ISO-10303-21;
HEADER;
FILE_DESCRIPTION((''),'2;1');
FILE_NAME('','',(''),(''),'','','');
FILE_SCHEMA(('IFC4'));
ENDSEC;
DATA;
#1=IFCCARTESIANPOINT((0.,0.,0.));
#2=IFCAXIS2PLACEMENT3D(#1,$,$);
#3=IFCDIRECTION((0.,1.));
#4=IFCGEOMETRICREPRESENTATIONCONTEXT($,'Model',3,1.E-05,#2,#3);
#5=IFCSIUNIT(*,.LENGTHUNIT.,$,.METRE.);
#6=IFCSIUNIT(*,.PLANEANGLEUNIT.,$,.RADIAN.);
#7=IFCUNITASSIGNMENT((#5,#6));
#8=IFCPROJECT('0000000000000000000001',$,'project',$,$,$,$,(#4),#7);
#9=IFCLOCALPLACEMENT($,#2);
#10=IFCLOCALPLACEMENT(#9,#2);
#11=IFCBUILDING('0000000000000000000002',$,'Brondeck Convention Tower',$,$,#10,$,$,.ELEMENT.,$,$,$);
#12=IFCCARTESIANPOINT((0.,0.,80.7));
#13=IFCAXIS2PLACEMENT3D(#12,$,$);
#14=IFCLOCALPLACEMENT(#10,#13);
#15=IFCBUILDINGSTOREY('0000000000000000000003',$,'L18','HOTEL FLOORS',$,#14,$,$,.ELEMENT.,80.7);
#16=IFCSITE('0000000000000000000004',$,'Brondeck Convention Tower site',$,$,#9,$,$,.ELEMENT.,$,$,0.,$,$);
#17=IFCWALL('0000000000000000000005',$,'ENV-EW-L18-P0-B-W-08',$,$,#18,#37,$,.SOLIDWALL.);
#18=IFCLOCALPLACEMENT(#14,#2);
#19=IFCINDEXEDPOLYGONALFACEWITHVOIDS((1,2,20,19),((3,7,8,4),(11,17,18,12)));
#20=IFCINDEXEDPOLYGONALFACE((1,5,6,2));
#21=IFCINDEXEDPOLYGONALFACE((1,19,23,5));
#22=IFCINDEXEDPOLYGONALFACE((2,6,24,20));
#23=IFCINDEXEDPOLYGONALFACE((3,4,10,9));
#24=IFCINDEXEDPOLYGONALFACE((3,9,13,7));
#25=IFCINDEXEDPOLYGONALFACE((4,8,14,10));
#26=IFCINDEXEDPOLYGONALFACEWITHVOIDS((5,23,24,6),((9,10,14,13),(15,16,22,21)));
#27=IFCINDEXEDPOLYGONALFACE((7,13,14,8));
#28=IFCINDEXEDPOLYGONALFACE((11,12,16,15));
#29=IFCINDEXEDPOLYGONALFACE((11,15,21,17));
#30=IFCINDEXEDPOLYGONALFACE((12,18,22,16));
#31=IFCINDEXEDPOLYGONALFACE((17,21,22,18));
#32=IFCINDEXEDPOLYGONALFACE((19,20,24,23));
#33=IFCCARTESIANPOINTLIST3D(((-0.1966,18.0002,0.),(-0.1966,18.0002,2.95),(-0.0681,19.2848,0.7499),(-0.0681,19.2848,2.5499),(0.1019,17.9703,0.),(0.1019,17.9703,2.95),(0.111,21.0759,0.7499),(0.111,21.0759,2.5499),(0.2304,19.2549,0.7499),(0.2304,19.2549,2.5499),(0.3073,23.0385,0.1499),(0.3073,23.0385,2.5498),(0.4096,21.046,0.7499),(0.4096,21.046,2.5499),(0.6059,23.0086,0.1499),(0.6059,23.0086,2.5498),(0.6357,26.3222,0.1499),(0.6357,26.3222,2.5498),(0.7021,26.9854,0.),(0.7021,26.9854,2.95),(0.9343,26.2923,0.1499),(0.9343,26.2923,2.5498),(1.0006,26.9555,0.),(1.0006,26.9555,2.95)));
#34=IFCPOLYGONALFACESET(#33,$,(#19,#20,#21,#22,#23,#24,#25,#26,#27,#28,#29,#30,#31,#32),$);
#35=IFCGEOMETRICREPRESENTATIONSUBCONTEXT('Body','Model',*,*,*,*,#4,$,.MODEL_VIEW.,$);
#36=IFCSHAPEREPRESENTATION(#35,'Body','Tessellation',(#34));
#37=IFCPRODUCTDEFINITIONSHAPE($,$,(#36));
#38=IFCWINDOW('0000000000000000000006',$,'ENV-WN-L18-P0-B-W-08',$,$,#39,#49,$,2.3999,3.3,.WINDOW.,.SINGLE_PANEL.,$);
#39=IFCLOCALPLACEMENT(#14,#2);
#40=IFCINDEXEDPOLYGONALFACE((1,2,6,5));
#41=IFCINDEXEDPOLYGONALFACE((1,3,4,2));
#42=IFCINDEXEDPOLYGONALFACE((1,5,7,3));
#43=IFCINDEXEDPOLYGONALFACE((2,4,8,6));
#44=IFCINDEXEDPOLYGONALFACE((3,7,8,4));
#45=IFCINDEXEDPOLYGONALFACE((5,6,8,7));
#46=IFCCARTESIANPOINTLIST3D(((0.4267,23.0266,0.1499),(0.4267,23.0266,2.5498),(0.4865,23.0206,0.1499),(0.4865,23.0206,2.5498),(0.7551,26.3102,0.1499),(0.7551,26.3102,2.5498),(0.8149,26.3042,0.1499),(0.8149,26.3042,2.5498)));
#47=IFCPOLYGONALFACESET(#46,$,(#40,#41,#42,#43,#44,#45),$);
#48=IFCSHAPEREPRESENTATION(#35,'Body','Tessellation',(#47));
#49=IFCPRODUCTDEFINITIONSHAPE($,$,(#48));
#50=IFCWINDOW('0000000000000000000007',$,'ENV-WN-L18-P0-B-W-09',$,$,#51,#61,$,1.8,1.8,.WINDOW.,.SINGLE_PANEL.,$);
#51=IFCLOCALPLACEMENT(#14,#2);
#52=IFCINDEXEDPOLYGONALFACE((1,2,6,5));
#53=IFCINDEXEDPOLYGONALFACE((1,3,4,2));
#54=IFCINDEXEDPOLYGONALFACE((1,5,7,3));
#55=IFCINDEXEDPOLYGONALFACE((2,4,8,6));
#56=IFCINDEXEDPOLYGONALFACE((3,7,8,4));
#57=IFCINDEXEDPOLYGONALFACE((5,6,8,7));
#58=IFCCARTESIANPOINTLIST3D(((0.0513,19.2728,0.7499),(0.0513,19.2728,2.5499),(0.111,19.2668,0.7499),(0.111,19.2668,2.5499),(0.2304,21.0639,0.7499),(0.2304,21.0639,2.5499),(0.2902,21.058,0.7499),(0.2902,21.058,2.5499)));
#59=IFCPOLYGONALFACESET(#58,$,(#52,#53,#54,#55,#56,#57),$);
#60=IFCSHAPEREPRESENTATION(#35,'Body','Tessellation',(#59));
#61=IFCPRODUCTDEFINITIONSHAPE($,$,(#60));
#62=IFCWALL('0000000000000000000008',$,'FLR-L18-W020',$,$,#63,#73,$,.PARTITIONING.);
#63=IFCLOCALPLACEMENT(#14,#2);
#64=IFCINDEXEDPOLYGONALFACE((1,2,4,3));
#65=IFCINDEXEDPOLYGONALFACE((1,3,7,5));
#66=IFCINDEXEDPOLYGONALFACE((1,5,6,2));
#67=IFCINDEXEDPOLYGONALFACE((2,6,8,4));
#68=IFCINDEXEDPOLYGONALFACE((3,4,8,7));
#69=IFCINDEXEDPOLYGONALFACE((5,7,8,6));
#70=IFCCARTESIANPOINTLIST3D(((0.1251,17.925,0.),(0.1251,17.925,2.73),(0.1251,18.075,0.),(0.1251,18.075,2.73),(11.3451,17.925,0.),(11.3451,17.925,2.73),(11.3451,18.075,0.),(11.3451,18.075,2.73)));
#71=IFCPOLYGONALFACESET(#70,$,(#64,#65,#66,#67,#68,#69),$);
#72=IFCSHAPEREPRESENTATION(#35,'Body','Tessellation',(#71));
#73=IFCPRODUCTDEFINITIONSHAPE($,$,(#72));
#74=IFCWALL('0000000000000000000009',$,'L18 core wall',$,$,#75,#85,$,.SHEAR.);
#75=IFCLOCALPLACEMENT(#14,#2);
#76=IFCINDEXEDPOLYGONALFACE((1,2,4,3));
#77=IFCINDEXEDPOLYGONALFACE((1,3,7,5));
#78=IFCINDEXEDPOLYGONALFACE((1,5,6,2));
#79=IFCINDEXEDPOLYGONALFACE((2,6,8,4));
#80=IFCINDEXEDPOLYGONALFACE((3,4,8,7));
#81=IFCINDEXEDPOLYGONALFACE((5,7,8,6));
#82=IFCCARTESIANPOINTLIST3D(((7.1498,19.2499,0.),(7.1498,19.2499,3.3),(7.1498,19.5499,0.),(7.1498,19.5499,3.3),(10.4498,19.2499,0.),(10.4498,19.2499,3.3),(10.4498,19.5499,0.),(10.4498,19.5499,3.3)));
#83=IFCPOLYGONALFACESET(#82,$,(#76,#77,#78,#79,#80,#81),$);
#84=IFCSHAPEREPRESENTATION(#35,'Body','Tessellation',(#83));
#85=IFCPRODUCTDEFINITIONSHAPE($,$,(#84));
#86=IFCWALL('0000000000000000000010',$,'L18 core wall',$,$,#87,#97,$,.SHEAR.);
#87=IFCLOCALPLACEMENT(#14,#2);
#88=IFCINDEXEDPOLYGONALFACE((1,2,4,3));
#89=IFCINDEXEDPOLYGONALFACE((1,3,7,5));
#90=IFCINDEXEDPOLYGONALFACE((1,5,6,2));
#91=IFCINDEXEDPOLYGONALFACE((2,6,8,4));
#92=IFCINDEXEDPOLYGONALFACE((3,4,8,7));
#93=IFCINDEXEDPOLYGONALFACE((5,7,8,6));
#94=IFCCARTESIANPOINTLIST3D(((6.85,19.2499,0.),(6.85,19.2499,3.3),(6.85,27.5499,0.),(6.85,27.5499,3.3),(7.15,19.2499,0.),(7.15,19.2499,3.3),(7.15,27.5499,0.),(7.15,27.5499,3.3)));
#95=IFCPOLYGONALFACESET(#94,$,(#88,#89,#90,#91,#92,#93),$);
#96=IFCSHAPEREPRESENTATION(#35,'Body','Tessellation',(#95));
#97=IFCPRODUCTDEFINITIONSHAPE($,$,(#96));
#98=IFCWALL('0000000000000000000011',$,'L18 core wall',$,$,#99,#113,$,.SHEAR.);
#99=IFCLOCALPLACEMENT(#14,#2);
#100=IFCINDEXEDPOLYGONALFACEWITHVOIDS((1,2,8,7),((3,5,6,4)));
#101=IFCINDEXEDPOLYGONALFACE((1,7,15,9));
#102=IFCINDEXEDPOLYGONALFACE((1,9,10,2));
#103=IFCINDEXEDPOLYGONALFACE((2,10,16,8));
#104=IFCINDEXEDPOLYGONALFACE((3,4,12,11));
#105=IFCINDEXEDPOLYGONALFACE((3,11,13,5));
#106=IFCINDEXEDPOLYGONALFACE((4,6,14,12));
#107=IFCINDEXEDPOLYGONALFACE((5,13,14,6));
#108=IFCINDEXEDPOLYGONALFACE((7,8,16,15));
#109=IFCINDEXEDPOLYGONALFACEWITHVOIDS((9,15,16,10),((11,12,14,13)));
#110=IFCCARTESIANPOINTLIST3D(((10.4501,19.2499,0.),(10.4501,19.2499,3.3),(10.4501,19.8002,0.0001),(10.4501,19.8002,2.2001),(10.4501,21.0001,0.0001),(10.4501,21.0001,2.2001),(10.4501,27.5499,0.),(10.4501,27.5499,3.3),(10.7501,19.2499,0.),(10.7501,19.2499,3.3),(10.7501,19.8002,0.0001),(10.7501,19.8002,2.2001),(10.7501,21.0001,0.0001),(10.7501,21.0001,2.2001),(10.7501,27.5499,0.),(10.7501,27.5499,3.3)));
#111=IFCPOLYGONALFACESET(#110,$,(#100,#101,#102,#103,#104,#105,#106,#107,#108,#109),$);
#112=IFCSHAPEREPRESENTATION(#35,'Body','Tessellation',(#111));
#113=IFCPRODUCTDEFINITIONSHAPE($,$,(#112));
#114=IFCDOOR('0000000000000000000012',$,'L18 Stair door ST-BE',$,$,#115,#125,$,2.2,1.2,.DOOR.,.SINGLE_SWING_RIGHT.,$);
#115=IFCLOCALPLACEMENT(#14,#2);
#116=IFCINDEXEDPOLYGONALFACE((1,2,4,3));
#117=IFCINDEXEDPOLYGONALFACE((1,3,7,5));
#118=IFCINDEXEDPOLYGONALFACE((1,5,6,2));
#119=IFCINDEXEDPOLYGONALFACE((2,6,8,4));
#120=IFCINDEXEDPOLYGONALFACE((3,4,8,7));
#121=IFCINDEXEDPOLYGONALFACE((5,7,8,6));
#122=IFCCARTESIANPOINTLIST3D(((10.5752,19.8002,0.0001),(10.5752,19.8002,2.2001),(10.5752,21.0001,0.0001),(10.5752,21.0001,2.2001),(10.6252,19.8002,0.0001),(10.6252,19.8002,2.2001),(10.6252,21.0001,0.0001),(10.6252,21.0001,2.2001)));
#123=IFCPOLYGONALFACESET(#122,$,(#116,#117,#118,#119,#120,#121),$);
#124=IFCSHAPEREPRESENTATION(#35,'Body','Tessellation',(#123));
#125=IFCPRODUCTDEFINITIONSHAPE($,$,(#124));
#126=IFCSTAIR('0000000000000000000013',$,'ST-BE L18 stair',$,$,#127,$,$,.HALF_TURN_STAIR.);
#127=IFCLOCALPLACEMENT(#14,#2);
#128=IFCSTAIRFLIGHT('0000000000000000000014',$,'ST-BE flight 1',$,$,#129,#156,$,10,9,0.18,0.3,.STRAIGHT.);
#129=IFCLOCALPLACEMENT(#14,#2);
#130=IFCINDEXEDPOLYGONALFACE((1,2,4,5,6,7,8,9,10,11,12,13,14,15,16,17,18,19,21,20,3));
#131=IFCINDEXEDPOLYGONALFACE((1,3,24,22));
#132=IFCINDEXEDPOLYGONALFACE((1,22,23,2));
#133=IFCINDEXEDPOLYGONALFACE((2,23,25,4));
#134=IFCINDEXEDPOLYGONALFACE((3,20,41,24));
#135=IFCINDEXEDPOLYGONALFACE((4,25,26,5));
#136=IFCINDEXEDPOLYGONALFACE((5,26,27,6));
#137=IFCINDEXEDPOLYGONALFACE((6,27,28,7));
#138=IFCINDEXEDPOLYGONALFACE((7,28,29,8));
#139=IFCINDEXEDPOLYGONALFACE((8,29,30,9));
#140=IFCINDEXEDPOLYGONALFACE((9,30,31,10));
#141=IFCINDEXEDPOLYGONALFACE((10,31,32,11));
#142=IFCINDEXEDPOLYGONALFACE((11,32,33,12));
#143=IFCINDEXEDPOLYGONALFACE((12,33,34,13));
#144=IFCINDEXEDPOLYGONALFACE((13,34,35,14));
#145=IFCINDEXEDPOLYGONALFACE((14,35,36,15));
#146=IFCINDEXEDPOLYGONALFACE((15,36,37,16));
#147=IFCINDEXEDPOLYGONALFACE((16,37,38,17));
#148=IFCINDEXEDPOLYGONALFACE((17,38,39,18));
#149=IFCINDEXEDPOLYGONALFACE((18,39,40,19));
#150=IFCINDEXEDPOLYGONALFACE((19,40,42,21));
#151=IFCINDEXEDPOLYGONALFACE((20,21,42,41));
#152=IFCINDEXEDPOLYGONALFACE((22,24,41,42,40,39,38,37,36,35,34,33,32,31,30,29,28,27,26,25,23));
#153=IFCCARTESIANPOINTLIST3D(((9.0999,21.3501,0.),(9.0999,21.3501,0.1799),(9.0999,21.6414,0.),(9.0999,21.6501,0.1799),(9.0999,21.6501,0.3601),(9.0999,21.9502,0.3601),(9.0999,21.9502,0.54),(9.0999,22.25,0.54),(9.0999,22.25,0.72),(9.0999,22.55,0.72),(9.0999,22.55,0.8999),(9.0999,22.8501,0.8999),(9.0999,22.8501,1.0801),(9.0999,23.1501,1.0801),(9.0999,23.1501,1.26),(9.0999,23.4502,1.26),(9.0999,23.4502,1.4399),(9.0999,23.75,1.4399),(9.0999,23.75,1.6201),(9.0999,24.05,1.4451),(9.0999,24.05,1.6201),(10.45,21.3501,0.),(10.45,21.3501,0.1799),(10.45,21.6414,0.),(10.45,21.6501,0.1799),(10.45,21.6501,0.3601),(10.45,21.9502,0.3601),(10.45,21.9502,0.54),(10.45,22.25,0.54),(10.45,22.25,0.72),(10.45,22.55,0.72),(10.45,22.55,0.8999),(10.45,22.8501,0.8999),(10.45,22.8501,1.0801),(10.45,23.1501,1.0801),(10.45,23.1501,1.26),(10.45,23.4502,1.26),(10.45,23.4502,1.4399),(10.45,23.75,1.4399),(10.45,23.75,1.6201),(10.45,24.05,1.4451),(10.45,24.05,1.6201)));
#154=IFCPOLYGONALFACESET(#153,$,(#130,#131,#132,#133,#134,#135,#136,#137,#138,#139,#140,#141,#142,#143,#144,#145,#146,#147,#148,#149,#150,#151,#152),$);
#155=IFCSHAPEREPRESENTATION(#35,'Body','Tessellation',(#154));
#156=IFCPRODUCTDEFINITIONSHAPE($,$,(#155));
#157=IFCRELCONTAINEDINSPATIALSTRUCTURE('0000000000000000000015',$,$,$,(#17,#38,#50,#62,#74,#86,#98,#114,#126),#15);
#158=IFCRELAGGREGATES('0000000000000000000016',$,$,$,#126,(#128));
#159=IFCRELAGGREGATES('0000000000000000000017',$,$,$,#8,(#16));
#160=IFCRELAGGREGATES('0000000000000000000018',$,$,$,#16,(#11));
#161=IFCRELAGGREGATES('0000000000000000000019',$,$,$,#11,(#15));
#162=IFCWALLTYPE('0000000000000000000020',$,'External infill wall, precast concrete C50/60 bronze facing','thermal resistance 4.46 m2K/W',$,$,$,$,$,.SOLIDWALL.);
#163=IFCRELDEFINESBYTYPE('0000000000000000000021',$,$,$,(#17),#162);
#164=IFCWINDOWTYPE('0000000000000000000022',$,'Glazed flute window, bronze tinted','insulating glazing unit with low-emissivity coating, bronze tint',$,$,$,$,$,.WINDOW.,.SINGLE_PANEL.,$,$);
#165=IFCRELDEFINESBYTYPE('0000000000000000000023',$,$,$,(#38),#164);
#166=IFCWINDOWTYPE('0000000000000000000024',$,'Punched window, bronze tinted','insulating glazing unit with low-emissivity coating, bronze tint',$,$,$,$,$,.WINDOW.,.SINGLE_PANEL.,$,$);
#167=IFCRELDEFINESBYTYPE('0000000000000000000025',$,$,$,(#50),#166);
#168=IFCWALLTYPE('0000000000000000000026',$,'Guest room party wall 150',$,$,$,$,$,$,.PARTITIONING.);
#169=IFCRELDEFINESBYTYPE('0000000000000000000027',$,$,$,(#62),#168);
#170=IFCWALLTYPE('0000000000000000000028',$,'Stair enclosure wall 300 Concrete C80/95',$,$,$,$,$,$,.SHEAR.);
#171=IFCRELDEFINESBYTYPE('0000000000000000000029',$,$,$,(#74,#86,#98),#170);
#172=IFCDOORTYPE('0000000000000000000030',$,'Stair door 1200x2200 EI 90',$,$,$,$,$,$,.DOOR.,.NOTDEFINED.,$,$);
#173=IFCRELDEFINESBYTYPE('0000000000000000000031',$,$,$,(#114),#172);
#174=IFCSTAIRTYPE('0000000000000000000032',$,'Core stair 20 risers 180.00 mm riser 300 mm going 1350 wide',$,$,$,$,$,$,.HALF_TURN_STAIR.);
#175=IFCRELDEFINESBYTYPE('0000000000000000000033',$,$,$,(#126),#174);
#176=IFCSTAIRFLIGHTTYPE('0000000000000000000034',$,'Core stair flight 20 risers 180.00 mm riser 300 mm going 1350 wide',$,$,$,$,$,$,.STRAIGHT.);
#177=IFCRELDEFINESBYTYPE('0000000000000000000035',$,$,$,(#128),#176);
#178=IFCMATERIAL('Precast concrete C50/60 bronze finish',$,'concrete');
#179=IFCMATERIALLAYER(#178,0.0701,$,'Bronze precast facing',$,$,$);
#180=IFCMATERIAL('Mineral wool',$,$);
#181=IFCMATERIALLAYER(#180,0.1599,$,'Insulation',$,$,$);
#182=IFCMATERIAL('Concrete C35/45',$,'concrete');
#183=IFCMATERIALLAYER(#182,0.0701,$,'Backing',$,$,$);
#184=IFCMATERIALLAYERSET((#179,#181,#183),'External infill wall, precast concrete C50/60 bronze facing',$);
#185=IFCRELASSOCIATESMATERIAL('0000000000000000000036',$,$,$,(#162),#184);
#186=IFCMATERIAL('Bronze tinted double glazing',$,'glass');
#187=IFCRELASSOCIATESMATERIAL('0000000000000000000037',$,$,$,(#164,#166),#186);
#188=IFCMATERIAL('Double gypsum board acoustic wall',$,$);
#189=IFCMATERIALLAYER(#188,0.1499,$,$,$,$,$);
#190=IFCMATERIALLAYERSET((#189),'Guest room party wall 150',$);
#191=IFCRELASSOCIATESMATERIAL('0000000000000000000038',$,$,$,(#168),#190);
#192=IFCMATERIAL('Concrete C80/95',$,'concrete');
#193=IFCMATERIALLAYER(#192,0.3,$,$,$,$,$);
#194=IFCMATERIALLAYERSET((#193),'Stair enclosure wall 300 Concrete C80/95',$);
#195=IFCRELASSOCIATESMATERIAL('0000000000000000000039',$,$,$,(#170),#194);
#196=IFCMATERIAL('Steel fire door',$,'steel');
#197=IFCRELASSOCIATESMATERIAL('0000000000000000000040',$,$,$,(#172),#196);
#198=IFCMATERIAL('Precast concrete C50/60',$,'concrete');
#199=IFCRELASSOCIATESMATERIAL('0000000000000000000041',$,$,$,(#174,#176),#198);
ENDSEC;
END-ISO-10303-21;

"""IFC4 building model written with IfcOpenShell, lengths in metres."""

from ifc_helpers import new_model, si_unit, direction, frame, frame_2d, origin, place, context, subcontext, project, spatial, polyline, rectangle, outline, extrude, material, layer, layer_set, type_object, element, fill, aggregate, save


model = new_model("IFC4")

# Units and contexts
model_context = context("Model", 3, precision=1e-05, world=origin(), true_north=direction((0.0, 1.0)))
body_context = subcontext(model_context, "Body", "Model", "MODEL_VIEW")
ifc_project = project(units=[si_unit("LENGTHUNIT", "METRE"), si_unit("PLANEANGLEUNIT", "RADIAN")], contexts=[model_context])

# Site, building, storey
site_placement = place(None, origin())
site = spatial("IfcSite", under=ifc_project, at=site_placement, Name="Brondeck Convention Tower site", CompositionType="ELEMENT", RefElevation=0.0)
building_placement = place(site_placement, origin())
building = spatial("IfcBuilding", under=site, at=building_placement, Name="Brondeck Convention Tower", CompositionType="ELEMENT")
storey_placement = place(building_placement, frame((0.0, 0.0, 80.7)))
storey = spatial("IfcBuildingStorey", under=building, at=storey_placement, Name="L18", Description="HOTEL FLOORS", CompositionType="ELEMENT", Elevation=80.7)

# Shared definitions
ifc_material_1 = material(Name="Concrete C80/95", Category="concrete")

# Wall, openings, windows
ifc_material_2 = material(Name="Precast concrete C50/60 bronze finish", Category="concrete")
ifc_layer_1 = layer(ifc_material_2, 0.0701, Name="Bronze precast facing")
ifc_material_3 = material(Name="Mineral wool")
ifc_layer_2 = layer(ifc_material_3, 0.1599, Name="Insulation")
ifc_material_4 = material(Name="Concrete C35/45", Category="concrete")
ifc_layer_3 = layer(ifc_material_4, 0.0701, Name="Backing")
ifc_layer_set_1 = layer_set([ifc_layer_1, ifc_layer_2, ifc_layer_3], Name="External infill wall, precast concrete C50/60 bronze facing")
wall_type_1 = type_object("IfcWallType", Name="External infill wall, precast concrete C50/60 bronze facing", Description="thermal resistance 4.46 m2K/W", PredefinedType="SOLIDWALL", material=ifc_layer_set_1)
wall_1_placement = place(storey_placement, frame((-0.0474, 17.9851, 0.0), z_axis=(0.0, 0.0, 1.0), x_axis=(0.099522, 0.995035, 0.0)))
wall_1 = element("IfcWall", 1, at=wall_1_placement, inside=storey, type_object=wall_type_1, Name="ENV-EW-L18-P0-B-W-08", PredefinedType="SOLIDWALL", context=body_context, shape_type="SweptSolid", body=[
    extrude(rectangle(XDim=9.03, YDim=0.3, at=frame_2d((4.5151, 0.0))), origin(), (0.0, 0.0, 1.0), 2.95),
])
opening_1_placement = place(wall_1_placement, frame((1.2913, 0.0, 0.75)))
opening_1 = element("IfcOpeningElement", 2, at=opening_1_placement, cuts=wall_1, PredefinedType="OPENING", context=body_context, shape_type="SweptSolid", body=[
    extrude(rectangle(XDim=1.8, YDim=1.8, at=frame_2d((0.8999, 0.8999))), frame((0.0, 0.1599, 0.0), z_axis=(0.0, -1.0, 0.0), x_axis=(1.0, 0.0, 0.0)), (0.0, 0.0, 1.0), 0.3201),
])
opening_2_placement = place(wall_1_placement, frame((5.0637, 0.0, 0.1499)))
opening_2 = element("IfcOpeningElement", 3, at=opening_2_placement, cuts=wall_1, PredefinedType="OPENING", context=body_context, shape_type="SweptSolid", body=[
    extrude(rectangle(XDim=3.3, YDim=2.3999, at=frame_2d((1.6499, 1.2))), frame((0.0, 0.1599, 0.0), z_axis=(0.0, -1.0, 0.0), x_axis=(1.0, 0.0, 0.0)), (0.0, 0.0, 1.0), 0.3201),
])
ifc_material_5 = material(Name="Bronze tinted double glazing", Category="glass")
window_type_1 = type_object("IfcWindowType", Name="Glazed flute window, bronze tinted", Description="insulating glazing unit with low-emissivity coating, bronze tint", PartitioningType="SINGLE_PANEL", PredefinedType="WINDOW", material=ifc_material_5)
window_1_placement = place(opening_2_placement, origin())
window_1 = element("IfcWindow", 4, at=window_1_placement, inside=storey, type_object=window_type_1, Name="ENV-WN-L18-P0-B-W-08", OverallHeight=2.3999, OverallWidth=3.3, PartitioningType="SINGLE_PANEL", PredefinedType="WINDOW", context=body_context, shape_type="SweptSolid", body=[
    extrude(rectangle(XDim=3.3, YDim=2.3999, at=frame_2d((1.6499, 1.2))), frame((0.0, 0.03, 0.0), z_axis=(0.0, -1.0, 0.0), x_axis=(1.0, 0.0, 0.0)), (0.0, 0.0, 1.0), 0.0601),
])
fill(opening_2, window_1)
window_type_2 = type_object("IfcWindowType", Name="Punched window, bronze tinted", Description="insulating glazing unit with low-emissivity coating, bronze tint", PartitioningType="SINGLE_PANEL", PredefinedType="WINDOW", material=ifc_material_5)
window_2_placement = place(opening_1_placement, origin())
window_2 = element("IfcWindow", 5, at=window_2_placement, inside=storey, type_object=window_type_2, Name="ENV-WN-L18-P0-B-W-09", OverallHeight=1.8, OverallWidth=1.8, PartitioningType="SINGLE_PANEL", PredefinedType="WINDOW", context=body_context, shape_type="SweptSolid", body=[
    extrude(rectangle(XDim=1.8, YDim=1.8, at=frame_2d((0.8999, 0.8999))), frame((0.0, 0.03, 0.0), z_axis=(0.0, -1.0, 0.0), x_axis=(1.0, 0.0, 0.0)), (0.0, 0.0, 1.0), 0.0601),
])
fill(opening_1, window_2)

# Walls
ifc_material_6 = material(Name="Double gypsum board acoustic wall")
ifc_layer_4 = layer(ifc_material_6, 0.1499)
ifc_layer_set_2 = layer_set([ifc_layer_4], Name="Guest room party wall 150")
wall_type_2 = type_object("IfcWallType", Name="Guest room party wall 150", PredefinedType="PARTITIONING", material=ifc_layer_set_2)
wall_2_placement = place(storey_placement, frame((11.345, 18.0, 0.0), z_axis=(0.0, 0.0, 1.0), x_axis=(-1.0, 0.0, 0.0)))
element("IfcWall", 6, at=wall_2_placement, inside=storey, type_object=wall_type_2, Name="FLR-L18-W020", PredefinedType="PARTITIONING", context=body_context, shape_type="SweptSolid", body=[
    extrude(rectangle(XDim=11.22, YDim=0.1499, at=frame_2d((5.6099, 0.0))), origin(), (0.0, 0.0, 1.0), 2.73),
])
ifc_layer_5 = layer(ifc_material_1, 0.3)
ifc_layer_set_3 = layer_set([ifc_layer_5], Name="Stair enclosure wall 300 Concrete C80/95")
wall_type_3 = type_object("IfcWallType", Name="Stair enclosure wall 300 Concrete C80/95", PredefinedType="SHEAR", material=ifc_layer_set_3)
wall_3_placement = place(storey_placement, frame((7.1499, 19.3999, 0.0), z_axis=(0.0, 0.0, 1.0), x_axis=(1.0, 0.0, 0.0)))
element("IfcWall", 7, at=wall_3_placement, inside=storey, type_object=wall_type_3, Name="L18 core wall", PredefinedType="SHEAR", context=body_context, shape_type="SweptSolid", body=[
    extrude(rectangle(XDim=3.3, YDim=0.3, at=frame_2d((1.6499, 0.0))), origin(), (0.0, 0.0, 1.0), 3.3),
])
wall_4_placement = place(storey_placement, frame((7.0, 19.25, 0.0), z_axis=(0.0, 0.0, 1.0), x_axis=(0.0, 1.0, 0.0)))
element("IfcWall", 8, at=wall_4_placement, inside=storey, type_object=wall_type_3, Name="L18 core wall", PredefinedType="SHEAR", context=body_context, shape_type="SweptSolid", body=[
    extrude(rectangle(XDim=8.3, YDim=0.3, at=frame_2d((4.1499, 0.0))), origin(), (0.0, 0.0, 1.0), 3.3),
])

# Wall, opening, door
wall_5_placement = place(storey_placement, frame((10.6001, 19.25, 0.0), z_axis=(0.0, 0.0, 1.0), x_axis=(0.0, 1.0, 0.0)))
wall_5 = element("IfcWall", 9, at=wall_5_placement, inside=storey, type_object=wall_type_3, Name="L18 core wall", PredefinedType="SHEAR", context=body_context, shape_type="SweptSolid", body=[
    extrude(rectangle(XDim=8.3, YDim=0.3, at=frame_2d((4.1499, 0.0))), origin(), (0.0, 0.0, 1.0), 3.3),
])
opening_3_placement = place(wall_5_placement, frame((0.55, 0.0, 0.0)))
opening_3 = element("IfcOpeningElement", 10, at=opening_3_placement, cuts=wall_5, PredefinedType="OPENING", context=body_context, shape_type="SweptSolid", body=[
    extrude(rectangle(XDim=1.2, YDim=2.2, at=frame_2d((0.6001, 1.1001))), frame((0.0, 0.1599, 0.0), z_axis=(0.0, -1.0, 0.0), x_axis=(1.0, 0.0, 0.0)), (0.0, 0.0, 1.0), 0.3201),
])
ifc_material_7 = material(Name="Steel fire door", Category="steel")
door_type = type_object("IfcDoorType", Name="Stair door 1200x2200 EI 90", OperationType="NOTDEFINED", PredefinedType="DOOR", material=ifc_material_7)
door_placement = place(opening_3_placement, origin())
door = element("IfcDoor", 11, at=door_placement, inside=storey, type_object=door_type, Name="L18 Stair door ST-BE", OperationType="SINGLE_SWING_RIGHT", OverallHeight=2.2, OverallWidth=1.2, PredefinedType="DOOR", context=body_context, shape_type="SweptSolid", body=[
    extrude(rectangle(XDim=1.2, YDim=2.2, at=frame_2d((0.6001, 1.1001))), frame((0.0, 0.0249, 0.0), z_axis=(0.0, -1.0, 0.0), x_axis=(1.0, 0.0, 0.0)), (0.0, 0.0, 1.0), 0.05),
])
fill(opening_3, door)

# Stair, stair flight
ifc_material_8 = material(Name="Precast concrete C50/60", Category="concrete")
stair_type = type_object("IfcStairType", Name="Core stair 20 risers 180.00 mm riser 300 mm going 1350 wide", PredefinedType="HALF_TURN_STAIR", material=ifc_material_8)
stair_placement = place(storey_placement, origin())
stair = element("IfcStair", 12, at=stair_placement, inside=storey, type_object=stair_type, Name="ST-BE L18 stair", PredefinedType="HALF_TURN_STAIR")
stair_flight_type = type_object("IfcStairFlightType", Name="Core stair flight 20 risers 180.00 mm riser 300 mm going 1350 wide", PredefinedType="STRAIGHT", material=ifc_material_8)
stair_flight_placement = place(storey_placement, frame((9.7749, 21.3501, 0.0), z_axis=(0.0, 0.0, 1.0), x_axis=(0.0, 1.0, 0.0)))
stair_flight = element("IfcStairFlight", 13, at=stair_flight_placement, type_object=stair_flight_type, Name="ST-BE flight 1", NumberOfRisers=10, NumberOfTreads=9, PredefinedType="STRAIGHT", RiserHeight=0.18, TreadLength=0.3, context=body_context, shape_type="SweptSolid", body=[
    extrude(outline(polyline([(0.0, 0.0), (0.0, 0.1799), (0.3, 0.1799), (0.3, 0.3601), (0.6001, 0.3601), (0.6001, 0.54), (0.8999, 0.54), (0.8999, 0.72), (1.2, 0.72), (1.2, 0.8999), (1.5, 0.8999), (1.5, 1.0801), (1.8, 1.0801), (1.8, 1.26), (2.1001, 1.26), (2.1001, 1.4399), (2.3999, 1.4399), (2.3999, 1.6201), (2.7, 1.6201), (2.7, 1.8), (2.7, 1.4451), (0.2913, 0.0), (0.0, 0.0)])), frame((0.0, 0.675, 0.0), z_axis=(0.0, -1.0, 0.0), x_axis=(1.0, 0.0, 0.0)), (0.0, 0.0, 1.0), 1.3501),
])
aggregate(stair, [stair_flight])

save(model, "model.ifc")
